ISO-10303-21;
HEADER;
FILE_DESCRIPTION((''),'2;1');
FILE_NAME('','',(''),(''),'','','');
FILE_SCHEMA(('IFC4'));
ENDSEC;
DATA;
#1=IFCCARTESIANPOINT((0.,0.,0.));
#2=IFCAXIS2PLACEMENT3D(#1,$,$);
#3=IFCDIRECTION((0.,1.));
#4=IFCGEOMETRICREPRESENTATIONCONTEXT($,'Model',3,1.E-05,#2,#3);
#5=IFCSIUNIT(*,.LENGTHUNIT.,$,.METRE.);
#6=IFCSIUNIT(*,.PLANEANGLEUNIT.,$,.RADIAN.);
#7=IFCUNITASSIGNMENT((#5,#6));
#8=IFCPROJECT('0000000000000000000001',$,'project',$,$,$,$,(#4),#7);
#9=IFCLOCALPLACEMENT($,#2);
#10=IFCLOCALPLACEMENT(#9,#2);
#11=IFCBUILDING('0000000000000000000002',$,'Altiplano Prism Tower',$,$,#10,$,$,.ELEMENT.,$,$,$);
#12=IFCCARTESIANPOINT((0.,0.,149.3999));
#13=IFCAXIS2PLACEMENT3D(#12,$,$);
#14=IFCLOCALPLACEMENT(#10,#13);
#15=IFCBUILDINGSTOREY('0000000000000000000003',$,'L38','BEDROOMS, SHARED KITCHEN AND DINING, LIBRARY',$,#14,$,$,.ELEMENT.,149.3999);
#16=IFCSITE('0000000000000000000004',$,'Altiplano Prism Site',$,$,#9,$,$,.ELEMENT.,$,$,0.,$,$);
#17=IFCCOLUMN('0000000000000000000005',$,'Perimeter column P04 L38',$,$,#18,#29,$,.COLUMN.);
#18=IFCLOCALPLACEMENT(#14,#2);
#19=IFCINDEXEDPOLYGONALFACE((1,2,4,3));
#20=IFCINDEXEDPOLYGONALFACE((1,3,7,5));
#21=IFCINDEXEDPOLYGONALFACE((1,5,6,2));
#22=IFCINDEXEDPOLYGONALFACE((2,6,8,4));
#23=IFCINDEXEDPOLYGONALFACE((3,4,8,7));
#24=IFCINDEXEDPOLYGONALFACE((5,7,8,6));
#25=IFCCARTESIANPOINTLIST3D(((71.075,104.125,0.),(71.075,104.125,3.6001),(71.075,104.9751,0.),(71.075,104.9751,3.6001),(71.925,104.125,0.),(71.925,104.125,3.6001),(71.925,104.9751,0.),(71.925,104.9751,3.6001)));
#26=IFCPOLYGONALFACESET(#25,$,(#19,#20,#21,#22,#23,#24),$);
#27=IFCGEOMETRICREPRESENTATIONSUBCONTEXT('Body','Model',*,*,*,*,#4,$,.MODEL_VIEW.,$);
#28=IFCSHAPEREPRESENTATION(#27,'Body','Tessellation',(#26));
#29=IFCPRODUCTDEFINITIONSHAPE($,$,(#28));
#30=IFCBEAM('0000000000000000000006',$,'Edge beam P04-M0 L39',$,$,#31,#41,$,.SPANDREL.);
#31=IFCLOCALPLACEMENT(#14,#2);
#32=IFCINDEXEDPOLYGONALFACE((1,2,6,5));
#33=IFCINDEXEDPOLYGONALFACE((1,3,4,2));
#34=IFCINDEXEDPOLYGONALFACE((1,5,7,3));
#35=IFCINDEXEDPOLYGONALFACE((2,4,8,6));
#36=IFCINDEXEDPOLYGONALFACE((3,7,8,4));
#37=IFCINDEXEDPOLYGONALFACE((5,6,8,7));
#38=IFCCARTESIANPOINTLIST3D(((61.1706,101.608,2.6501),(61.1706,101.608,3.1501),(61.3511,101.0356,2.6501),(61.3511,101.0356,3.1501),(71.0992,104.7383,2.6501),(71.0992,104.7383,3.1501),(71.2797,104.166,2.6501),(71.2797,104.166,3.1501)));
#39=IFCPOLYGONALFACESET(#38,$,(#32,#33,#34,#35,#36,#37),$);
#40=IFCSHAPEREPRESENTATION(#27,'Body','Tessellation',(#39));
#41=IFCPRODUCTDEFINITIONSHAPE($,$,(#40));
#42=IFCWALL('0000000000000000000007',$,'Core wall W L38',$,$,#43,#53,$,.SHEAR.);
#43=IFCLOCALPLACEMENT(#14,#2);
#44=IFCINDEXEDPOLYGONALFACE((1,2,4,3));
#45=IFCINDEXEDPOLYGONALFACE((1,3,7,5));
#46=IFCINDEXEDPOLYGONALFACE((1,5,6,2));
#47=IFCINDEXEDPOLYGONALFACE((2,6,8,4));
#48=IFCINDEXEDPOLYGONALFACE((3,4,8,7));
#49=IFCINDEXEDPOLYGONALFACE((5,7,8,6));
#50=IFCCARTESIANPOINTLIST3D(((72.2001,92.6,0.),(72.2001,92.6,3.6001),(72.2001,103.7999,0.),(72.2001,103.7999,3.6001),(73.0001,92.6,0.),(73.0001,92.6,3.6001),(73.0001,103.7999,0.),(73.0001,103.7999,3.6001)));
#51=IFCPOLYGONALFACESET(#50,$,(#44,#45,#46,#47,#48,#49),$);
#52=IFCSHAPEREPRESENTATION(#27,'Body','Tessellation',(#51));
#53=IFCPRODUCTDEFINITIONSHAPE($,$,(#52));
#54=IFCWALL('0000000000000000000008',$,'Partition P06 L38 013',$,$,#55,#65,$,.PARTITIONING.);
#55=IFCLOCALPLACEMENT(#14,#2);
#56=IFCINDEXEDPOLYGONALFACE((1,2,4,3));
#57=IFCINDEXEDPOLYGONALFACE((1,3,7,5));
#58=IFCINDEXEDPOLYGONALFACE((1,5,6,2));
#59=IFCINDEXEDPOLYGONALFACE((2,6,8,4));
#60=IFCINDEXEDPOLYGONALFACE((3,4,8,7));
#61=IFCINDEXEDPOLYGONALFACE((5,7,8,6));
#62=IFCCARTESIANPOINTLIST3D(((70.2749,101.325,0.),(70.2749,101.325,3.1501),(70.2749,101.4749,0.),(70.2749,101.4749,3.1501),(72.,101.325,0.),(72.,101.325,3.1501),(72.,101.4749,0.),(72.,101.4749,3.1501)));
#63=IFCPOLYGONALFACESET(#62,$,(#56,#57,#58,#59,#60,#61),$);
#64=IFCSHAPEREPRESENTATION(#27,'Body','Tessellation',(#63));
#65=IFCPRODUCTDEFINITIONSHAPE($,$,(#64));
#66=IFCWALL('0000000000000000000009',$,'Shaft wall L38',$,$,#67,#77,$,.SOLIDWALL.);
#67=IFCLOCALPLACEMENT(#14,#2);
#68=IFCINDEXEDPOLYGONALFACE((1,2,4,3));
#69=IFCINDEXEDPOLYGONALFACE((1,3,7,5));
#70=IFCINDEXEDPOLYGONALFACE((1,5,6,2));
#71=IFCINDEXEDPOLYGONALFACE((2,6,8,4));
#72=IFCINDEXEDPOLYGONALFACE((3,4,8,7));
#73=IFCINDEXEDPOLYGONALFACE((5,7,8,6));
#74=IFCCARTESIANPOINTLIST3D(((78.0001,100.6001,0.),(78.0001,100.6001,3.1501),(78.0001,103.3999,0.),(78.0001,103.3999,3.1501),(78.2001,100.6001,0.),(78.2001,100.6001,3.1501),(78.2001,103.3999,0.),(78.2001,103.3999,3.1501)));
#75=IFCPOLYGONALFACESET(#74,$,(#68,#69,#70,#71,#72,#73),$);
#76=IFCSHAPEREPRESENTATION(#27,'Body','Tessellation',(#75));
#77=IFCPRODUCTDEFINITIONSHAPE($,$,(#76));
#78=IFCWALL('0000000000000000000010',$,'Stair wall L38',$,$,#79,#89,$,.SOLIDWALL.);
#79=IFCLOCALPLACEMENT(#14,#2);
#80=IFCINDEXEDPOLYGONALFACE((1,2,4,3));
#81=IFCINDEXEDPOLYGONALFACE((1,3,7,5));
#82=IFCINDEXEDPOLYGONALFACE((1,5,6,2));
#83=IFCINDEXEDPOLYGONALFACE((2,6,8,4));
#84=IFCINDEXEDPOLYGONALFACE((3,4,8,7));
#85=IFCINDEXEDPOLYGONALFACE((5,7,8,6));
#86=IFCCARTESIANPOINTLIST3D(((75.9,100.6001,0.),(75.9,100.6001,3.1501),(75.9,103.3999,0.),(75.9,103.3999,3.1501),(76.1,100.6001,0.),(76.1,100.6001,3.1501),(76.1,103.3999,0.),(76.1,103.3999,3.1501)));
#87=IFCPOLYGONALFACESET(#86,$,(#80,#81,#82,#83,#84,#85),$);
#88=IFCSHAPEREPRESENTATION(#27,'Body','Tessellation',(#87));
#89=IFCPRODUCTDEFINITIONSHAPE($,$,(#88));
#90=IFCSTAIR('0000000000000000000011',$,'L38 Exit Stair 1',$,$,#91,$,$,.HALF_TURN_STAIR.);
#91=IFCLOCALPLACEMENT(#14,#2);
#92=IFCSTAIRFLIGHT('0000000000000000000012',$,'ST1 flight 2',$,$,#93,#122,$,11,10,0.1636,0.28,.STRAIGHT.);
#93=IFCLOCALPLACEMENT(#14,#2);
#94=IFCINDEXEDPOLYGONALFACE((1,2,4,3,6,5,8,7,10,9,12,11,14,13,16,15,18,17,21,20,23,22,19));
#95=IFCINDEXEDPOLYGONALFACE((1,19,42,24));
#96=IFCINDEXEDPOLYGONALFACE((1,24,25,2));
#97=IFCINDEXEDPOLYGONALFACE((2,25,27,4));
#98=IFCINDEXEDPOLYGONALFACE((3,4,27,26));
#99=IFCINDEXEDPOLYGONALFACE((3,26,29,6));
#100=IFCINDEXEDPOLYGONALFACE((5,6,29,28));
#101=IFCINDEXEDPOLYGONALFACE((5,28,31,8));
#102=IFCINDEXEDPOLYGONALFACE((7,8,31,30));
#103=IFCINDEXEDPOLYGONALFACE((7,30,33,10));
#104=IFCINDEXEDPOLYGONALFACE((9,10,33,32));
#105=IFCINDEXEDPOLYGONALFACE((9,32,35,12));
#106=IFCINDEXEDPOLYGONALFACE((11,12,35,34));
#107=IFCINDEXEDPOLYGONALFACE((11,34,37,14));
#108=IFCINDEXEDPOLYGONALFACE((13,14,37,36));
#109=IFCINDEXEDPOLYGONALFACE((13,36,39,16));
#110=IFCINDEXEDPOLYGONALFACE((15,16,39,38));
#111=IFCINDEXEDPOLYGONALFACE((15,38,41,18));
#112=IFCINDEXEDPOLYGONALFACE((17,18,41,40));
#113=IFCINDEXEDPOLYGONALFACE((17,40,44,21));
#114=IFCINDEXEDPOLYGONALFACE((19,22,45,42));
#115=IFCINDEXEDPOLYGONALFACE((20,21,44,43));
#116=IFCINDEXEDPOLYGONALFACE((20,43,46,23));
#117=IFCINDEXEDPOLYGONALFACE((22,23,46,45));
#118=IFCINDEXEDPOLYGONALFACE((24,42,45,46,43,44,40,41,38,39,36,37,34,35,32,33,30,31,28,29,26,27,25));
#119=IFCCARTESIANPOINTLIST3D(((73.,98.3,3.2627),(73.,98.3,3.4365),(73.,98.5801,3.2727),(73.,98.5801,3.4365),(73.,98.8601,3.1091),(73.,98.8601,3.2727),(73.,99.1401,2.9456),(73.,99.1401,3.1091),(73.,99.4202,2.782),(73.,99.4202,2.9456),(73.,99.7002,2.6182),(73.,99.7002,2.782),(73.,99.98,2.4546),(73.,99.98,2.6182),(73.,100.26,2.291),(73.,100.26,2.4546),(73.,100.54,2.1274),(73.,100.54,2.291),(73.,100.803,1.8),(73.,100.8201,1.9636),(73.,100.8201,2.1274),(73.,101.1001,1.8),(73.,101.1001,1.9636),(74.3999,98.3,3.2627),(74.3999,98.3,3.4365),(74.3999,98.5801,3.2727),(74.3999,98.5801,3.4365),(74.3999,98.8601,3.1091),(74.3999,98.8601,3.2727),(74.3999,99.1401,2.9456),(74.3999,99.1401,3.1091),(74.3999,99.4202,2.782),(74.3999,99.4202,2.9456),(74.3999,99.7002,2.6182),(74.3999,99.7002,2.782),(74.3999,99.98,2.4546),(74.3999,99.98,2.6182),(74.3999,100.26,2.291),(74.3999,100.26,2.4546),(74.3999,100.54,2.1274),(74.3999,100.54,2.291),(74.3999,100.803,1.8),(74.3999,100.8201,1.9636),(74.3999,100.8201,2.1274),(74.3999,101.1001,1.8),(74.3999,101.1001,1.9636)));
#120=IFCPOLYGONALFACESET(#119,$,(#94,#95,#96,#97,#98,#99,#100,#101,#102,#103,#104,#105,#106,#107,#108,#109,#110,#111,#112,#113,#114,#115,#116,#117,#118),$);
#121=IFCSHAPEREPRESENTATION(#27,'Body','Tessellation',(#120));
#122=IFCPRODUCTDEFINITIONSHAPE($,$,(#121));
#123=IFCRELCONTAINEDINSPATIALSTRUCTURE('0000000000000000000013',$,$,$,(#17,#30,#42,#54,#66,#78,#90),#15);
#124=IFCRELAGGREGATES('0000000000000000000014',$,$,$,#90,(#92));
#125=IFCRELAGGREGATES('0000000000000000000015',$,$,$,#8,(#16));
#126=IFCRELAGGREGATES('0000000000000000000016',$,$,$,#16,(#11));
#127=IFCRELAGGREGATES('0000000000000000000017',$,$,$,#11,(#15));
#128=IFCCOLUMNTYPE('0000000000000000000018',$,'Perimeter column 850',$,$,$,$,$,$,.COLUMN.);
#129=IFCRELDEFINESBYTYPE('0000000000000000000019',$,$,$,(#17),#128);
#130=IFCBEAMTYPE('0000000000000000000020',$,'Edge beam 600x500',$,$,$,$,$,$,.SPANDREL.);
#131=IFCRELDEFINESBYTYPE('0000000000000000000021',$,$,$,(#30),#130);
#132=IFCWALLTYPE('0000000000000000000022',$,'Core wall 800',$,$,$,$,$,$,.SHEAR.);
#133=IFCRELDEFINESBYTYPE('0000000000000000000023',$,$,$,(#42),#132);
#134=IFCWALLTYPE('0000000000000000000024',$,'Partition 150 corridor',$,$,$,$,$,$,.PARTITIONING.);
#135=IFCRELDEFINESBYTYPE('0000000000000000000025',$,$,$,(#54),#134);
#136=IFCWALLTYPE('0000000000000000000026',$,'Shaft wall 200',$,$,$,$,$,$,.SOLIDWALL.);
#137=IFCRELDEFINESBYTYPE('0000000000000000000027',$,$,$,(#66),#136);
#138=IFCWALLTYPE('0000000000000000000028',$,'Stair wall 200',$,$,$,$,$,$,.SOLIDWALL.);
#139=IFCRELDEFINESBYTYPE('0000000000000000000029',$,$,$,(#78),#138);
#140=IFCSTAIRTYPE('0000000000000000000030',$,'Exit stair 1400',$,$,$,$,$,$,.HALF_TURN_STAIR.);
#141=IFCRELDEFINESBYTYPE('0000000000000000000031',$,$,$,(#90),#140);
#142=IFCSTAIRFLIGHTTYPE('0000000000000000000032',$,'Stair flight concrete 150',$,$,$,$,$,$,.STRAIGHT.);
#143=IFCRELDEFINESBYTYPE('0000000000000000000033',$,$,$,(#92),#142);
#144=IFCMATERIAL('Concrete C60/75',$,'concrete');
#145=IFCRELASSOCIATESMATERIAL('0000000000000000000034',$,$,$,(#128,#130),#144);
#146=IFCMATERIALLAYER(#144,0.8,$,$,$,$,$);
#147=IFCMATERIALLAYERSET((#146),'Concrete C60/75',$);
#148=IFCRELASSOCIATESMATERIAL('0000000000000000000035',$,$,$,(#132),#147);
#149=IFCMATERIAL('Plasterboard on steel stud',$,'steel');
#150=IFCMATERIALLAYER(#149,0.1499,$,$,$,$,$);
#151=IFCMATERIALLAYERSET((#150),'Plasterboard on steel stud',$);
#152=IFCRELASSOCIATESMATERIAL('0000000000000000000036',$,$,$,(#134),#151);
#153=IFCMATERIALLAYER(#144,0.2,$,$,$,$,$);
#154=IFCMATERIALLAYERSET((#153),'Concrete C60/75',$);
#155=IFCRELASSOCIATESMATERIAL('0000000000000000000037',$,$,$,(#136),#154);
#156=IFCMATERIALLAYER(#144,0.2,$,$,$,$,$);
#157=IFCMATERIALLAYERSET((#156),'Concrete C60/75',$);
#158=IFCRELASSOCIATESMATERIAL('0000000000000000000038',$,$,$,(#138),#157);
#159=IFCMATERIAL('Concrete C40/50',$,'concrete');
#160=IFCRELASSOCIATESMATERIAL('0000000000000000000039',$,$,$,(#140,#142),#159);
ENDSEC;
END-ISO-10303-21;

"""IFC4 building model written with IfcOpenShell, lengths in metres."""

from ifc_helpers import new_model, si_unit, direction, frame, frame_2d, origin, origin_2d, place, context, subcontext, project, spatial, polyline, rectangle, outline, extrude, material, layer, layer_set, material_profile, profile_set, type_object, element, aggregate, save


model = new_model("IFC4")

# Units and contexts
model_context = context("Model", 3, precision=1e-05, world=origin(), true_north=direction((0.0, 1.0)))
body_context = subcontext(model_context, "Body", "Model", "MODEL_VIEW")
ifc_project = project(units=[si_unit("LENGTHUNIT", "METRE"), si_unit("PLANEANGLEUNIT", "RADIAN")], contexts=[model_context])

# Site, building, storey
site_placement = place(None, origin())
site = spatial("IfcSite", under=ifc_project, at=site_placement, Name="Altiplano Prism Site", CompositionType="ELEMENT", RefElevation=0.0)
building_placement = place(site_placement, origin())
building = spatial("IfcBuilding", under=site, at=building_placement, Name="Altiplano Prism Tower", CompositionType="ELEMENT")
storey_placement = place(building_placement, frame((0.0, 0.0, 149.3999)))
storey = spatial("IfcBuildingStorey", under=building, at=storey_placement, Name="L38", Description="BEDROOMS, SHARED KITCHEN AND DINING, LIBRARY", CompositionType="ELEMENT", Elevation=149.3999)

# Column
ifc_material_1 = material(Name="Concrete C60/75", Category="concrete")
ifc_material_profile_1 = material_profile(ifc_material_1, rectangle(XDim=0.8501, YDim=0.8501, at=origin_2d()), Name="Perimeter column 850")
ifc_profile_set_1 = profile_set([ifc_material_profile_1], Name="Concrete C60/75")
column_type = type_object("IfcColumnType", Name="Perimeter column 850", PredefinedType="COLUMN", material=ifc_profile_set_1)
column_placement = place(storey_placement, frame((71.5, 104.55, 0.0), z_axis=(0.0, 0.0, 1.0), x_axis=(1.0, 0.0, 0.0)))
element("IfcColumn", 1, at=column_placement, inside=storey, type_object=column_type, Name="Perimeter column P04 L38", PredefinedType="COLUMN", context=body_context, shape_type="SweptSolid", body=[
    extrude(rectangle(XDim=0.8501, YDim=0.8501, at=origin_2d()), origin(), (0.0, 0.0, 1.0), 3.6001),
])

# Beam
ifc_material_profile_2 = material_profile(ifc_material_1, rectangle(XDim=0.6001, YDim=0.5, at=origin_2d()), Name="Edge beam 600x500")
ifc_profile_set_2 = profile_set([ifc_material_profile_2], Name="Concrete C60/75")
beam_type = type_object("IfcBeamType", Name="Edge beam 600x500", PredefinedType="SPANDREL", material=ifc_profile_set_2)
beam_placement = place(storey_placement, frame((71.1895, 104.4521, 2.9001), z_axis=(-0.953721, -0.300694, 0.0), x_axis=(0.300694, -0.953721, 0.0)))
element("IfcBeam", 2, at=beam_placement, inside=storey, type_object=beam_type, Name="Edge beam P04-M0 L39", PredefinedType="SPANDREL", context=body_context, shape_type="SweptSolid", body=[
    extrude(rectangle(XDim=0.6001, YDim=0.5, at=origin_2d()), origin(), (0.0, 0.0, 1.0), 10.4104),
])

# Walls
ifc_layer_1 = layer(ifc_material_1, 0.8)
ifc_layer_set_1 = layer_set([ifc_layer_1], Name="Concrete C60/75")
wall_type_1 = type_object("IfcWallType", Name="Core wall 800", PredefinedType="SHEAR", material=ifc_layer_set_1)
wall_1_placement = place(storey_placement, frame((72.6001, 103.8, 0.0), z_axis=(0.0, 0.0, 1.0), x_axis=(0.0, -1.0, 0.0)))
element("IfcWall", 3, at=wall_1_placement, inside=storey, type_object=wall_type_1, Name="Core wall W L38", PredefinedType="SHEAR", context=body_context, shape_type="SweptSolid", body=[
    extrude(rectangle(XDim=11.2, YDim=0.8, at=frame_2d((5.6001, 0.0))), origin(), (0.0, 0.0, 1.0), 3.6001),
])
ifc_material_2 = material(Name="Plasterboard on steel stud", Category="steel")
ifc_layer_2 = layer(ifc_material_2, 0.1499)
ifc_layer_set_2 = layer_set([ifc_layer_2], Name="Plasterboard on steel stud")
wall_type_2 = type_object("IfcWallType", Name="Partition 150 corridor", PredefinedType="PARTITIONING", material=ifc_layer_set_2)
wall_2_placement = place(storey_placement, frame((72.0, 101.3999, 0.0), z_axis=(0.0, 0.0, 1.0), x_axis=(-1.0, 0.0, 0.0)))
element("IfcWall", 4, at=wall_2_placement, inside=storey, type_object=wall_type_2, Name="Partition P06 L38 013", PredefinedType="PARTITIONING", context=body_context, shape_type="SweptSolid", body=[
    extrude(rectangle(XDim=1.7251, YDim=0.1499, at=frame_2d((0.8625, 0.0))), origin(), (0.0, 0.0, 1.0), 3.1501),
])
ifc_layer_3 = layer(ifc_material_1, 0.2)
ifc_layer_set_3 = layer_set([ifc_layer_3], Name="Concrete C60/75")
wall_type_3 = type_object("IfcWallType", Name="Shaft wall 200", PredefinedType="SOLIDWALL", material=ifc_layer_set_3)
wall_3_placement = place(storey_placement, frame((78.1001, 100.6001, 0.0), z_axis=(0.0, 0.0, 1.0), x_axis=(0.0, 1.0, 0.0)))
element("IfcWall", 5, at=wall_3_placement, inside=storey, type_object=wall_type_3, Name="Shaft wall L38", PredefinedType="SOLIDWALL", context=body_context, shape_type="SweptSolid", body=[
    extrude(rectangle(XDim=2.7998, YDim=0.2, at=frame_2d((1.3999, 0.0))), origin(), (0.0, 0.0, 1.0), 3.1501),
])
ifc_layer_4 = layer(ifc_material_1, 0.2)
ifc_layer_set_4 = layer_set([ifc_layer_4], Name="Concrete C60/75")
wall_type_4 = type_object("IfcWallType", Name="Stair wall 200", PredefinedType="SOLIDWALL", material=ifc_layer_set_4)
wall_4_placement = place(storey_placement, frame((76.0, 100.6001, 0.0), z_axis=(0.0, 0.0, 1.0), x_axis=(0.0, 1.0, 0.0)))
element("IfcWall", 6, at=wall_4_placement, inside=storey, type_object=wall_type_4, Name="Stair wall L38", PredefinedType="SOLIDWALL", context=body_context, shape_type="SweptSolid", body=[
    extrude(rectangle(XDim=2.7998, YDim=0.2, at=frame_2d((1.3999, 0.0))), origin(), (0.0, 0.0, 1.0), 3.1501),
])

# Stair, stair flight
ifc_material_3 = material(Name="Concrete C40/50", Category="concrete")
stair_type = type_object("IfcStairType", Name="Exit stair 1400", PredefinedType="HALF_TURN_STAIR", material=ifc_material_3)
stair_placement = place(storey_placement, origin())
stair = element("IfcStair", 7, at=stair_placement, inside=storey, type_object=stair_type, Name="L38 Exit Stair 1", PredefinedType="HALF_TURN_STAIR")
stair_flight_type = type_object("IfcStairFlightType", Name="Stair flight concrete 150", PredefinedType="STRAIGHT", material=ifc_material_3)
stair_flight_placement = place(storey_placement, frame((73.7, 101.1001, 1.8), z_axis=(0.0, 0.0, 1.0), x_axis=(0.0, -1.0, 0.0)))
stair_flight = element("IfcStairFlight", 8, at=stair_flight_placement, type_object=stair_flight_type, Name="ST1 flight 2", NumberOfRisers=11, NumberOfTreads=10, PredefinedType="STRAIGHT", RiserHeight=0.1636, TreadLength=0.28, context=body_context, shape_type="SweptSolid", body=[
    extrude(outline(polyline([(0.0, 0.0), (0.0, 0.1636), (0.28, 0.1636), (0.28, 0.3274), (0.5601, 0.3274), (0.5601, 0.491), (0.8401, 0.491), (0.8401, 0.6545), (1.1201, 0.6545), (1.1201, 0.8181), (1.3999, 0.8181), (1.3999, 0.9819), (1.6799, 0.9819), (1.6799, 1.1455), (1.96, 1.1455), (1.96, 1.3091), (2.24, 1.3091), (2.24, 1.4727), (2.52, 1.4727), (2.52, 1.6365), (2.8, 1.6365), (2.8, 1.8), (2.8, 1.4626), (0.2971, 0.0), (0.0, 0.0)])), frame((0.0, 0.7, 0.0), z_axis=(0.0, -1.0, 0.0), x_axis=(1.0, 0.0, 0.0)), (0.0, 0.0, 1.0), 1.3999),
])
aggregate(stair, [stair_flight])

save(model, "model.ifc")
